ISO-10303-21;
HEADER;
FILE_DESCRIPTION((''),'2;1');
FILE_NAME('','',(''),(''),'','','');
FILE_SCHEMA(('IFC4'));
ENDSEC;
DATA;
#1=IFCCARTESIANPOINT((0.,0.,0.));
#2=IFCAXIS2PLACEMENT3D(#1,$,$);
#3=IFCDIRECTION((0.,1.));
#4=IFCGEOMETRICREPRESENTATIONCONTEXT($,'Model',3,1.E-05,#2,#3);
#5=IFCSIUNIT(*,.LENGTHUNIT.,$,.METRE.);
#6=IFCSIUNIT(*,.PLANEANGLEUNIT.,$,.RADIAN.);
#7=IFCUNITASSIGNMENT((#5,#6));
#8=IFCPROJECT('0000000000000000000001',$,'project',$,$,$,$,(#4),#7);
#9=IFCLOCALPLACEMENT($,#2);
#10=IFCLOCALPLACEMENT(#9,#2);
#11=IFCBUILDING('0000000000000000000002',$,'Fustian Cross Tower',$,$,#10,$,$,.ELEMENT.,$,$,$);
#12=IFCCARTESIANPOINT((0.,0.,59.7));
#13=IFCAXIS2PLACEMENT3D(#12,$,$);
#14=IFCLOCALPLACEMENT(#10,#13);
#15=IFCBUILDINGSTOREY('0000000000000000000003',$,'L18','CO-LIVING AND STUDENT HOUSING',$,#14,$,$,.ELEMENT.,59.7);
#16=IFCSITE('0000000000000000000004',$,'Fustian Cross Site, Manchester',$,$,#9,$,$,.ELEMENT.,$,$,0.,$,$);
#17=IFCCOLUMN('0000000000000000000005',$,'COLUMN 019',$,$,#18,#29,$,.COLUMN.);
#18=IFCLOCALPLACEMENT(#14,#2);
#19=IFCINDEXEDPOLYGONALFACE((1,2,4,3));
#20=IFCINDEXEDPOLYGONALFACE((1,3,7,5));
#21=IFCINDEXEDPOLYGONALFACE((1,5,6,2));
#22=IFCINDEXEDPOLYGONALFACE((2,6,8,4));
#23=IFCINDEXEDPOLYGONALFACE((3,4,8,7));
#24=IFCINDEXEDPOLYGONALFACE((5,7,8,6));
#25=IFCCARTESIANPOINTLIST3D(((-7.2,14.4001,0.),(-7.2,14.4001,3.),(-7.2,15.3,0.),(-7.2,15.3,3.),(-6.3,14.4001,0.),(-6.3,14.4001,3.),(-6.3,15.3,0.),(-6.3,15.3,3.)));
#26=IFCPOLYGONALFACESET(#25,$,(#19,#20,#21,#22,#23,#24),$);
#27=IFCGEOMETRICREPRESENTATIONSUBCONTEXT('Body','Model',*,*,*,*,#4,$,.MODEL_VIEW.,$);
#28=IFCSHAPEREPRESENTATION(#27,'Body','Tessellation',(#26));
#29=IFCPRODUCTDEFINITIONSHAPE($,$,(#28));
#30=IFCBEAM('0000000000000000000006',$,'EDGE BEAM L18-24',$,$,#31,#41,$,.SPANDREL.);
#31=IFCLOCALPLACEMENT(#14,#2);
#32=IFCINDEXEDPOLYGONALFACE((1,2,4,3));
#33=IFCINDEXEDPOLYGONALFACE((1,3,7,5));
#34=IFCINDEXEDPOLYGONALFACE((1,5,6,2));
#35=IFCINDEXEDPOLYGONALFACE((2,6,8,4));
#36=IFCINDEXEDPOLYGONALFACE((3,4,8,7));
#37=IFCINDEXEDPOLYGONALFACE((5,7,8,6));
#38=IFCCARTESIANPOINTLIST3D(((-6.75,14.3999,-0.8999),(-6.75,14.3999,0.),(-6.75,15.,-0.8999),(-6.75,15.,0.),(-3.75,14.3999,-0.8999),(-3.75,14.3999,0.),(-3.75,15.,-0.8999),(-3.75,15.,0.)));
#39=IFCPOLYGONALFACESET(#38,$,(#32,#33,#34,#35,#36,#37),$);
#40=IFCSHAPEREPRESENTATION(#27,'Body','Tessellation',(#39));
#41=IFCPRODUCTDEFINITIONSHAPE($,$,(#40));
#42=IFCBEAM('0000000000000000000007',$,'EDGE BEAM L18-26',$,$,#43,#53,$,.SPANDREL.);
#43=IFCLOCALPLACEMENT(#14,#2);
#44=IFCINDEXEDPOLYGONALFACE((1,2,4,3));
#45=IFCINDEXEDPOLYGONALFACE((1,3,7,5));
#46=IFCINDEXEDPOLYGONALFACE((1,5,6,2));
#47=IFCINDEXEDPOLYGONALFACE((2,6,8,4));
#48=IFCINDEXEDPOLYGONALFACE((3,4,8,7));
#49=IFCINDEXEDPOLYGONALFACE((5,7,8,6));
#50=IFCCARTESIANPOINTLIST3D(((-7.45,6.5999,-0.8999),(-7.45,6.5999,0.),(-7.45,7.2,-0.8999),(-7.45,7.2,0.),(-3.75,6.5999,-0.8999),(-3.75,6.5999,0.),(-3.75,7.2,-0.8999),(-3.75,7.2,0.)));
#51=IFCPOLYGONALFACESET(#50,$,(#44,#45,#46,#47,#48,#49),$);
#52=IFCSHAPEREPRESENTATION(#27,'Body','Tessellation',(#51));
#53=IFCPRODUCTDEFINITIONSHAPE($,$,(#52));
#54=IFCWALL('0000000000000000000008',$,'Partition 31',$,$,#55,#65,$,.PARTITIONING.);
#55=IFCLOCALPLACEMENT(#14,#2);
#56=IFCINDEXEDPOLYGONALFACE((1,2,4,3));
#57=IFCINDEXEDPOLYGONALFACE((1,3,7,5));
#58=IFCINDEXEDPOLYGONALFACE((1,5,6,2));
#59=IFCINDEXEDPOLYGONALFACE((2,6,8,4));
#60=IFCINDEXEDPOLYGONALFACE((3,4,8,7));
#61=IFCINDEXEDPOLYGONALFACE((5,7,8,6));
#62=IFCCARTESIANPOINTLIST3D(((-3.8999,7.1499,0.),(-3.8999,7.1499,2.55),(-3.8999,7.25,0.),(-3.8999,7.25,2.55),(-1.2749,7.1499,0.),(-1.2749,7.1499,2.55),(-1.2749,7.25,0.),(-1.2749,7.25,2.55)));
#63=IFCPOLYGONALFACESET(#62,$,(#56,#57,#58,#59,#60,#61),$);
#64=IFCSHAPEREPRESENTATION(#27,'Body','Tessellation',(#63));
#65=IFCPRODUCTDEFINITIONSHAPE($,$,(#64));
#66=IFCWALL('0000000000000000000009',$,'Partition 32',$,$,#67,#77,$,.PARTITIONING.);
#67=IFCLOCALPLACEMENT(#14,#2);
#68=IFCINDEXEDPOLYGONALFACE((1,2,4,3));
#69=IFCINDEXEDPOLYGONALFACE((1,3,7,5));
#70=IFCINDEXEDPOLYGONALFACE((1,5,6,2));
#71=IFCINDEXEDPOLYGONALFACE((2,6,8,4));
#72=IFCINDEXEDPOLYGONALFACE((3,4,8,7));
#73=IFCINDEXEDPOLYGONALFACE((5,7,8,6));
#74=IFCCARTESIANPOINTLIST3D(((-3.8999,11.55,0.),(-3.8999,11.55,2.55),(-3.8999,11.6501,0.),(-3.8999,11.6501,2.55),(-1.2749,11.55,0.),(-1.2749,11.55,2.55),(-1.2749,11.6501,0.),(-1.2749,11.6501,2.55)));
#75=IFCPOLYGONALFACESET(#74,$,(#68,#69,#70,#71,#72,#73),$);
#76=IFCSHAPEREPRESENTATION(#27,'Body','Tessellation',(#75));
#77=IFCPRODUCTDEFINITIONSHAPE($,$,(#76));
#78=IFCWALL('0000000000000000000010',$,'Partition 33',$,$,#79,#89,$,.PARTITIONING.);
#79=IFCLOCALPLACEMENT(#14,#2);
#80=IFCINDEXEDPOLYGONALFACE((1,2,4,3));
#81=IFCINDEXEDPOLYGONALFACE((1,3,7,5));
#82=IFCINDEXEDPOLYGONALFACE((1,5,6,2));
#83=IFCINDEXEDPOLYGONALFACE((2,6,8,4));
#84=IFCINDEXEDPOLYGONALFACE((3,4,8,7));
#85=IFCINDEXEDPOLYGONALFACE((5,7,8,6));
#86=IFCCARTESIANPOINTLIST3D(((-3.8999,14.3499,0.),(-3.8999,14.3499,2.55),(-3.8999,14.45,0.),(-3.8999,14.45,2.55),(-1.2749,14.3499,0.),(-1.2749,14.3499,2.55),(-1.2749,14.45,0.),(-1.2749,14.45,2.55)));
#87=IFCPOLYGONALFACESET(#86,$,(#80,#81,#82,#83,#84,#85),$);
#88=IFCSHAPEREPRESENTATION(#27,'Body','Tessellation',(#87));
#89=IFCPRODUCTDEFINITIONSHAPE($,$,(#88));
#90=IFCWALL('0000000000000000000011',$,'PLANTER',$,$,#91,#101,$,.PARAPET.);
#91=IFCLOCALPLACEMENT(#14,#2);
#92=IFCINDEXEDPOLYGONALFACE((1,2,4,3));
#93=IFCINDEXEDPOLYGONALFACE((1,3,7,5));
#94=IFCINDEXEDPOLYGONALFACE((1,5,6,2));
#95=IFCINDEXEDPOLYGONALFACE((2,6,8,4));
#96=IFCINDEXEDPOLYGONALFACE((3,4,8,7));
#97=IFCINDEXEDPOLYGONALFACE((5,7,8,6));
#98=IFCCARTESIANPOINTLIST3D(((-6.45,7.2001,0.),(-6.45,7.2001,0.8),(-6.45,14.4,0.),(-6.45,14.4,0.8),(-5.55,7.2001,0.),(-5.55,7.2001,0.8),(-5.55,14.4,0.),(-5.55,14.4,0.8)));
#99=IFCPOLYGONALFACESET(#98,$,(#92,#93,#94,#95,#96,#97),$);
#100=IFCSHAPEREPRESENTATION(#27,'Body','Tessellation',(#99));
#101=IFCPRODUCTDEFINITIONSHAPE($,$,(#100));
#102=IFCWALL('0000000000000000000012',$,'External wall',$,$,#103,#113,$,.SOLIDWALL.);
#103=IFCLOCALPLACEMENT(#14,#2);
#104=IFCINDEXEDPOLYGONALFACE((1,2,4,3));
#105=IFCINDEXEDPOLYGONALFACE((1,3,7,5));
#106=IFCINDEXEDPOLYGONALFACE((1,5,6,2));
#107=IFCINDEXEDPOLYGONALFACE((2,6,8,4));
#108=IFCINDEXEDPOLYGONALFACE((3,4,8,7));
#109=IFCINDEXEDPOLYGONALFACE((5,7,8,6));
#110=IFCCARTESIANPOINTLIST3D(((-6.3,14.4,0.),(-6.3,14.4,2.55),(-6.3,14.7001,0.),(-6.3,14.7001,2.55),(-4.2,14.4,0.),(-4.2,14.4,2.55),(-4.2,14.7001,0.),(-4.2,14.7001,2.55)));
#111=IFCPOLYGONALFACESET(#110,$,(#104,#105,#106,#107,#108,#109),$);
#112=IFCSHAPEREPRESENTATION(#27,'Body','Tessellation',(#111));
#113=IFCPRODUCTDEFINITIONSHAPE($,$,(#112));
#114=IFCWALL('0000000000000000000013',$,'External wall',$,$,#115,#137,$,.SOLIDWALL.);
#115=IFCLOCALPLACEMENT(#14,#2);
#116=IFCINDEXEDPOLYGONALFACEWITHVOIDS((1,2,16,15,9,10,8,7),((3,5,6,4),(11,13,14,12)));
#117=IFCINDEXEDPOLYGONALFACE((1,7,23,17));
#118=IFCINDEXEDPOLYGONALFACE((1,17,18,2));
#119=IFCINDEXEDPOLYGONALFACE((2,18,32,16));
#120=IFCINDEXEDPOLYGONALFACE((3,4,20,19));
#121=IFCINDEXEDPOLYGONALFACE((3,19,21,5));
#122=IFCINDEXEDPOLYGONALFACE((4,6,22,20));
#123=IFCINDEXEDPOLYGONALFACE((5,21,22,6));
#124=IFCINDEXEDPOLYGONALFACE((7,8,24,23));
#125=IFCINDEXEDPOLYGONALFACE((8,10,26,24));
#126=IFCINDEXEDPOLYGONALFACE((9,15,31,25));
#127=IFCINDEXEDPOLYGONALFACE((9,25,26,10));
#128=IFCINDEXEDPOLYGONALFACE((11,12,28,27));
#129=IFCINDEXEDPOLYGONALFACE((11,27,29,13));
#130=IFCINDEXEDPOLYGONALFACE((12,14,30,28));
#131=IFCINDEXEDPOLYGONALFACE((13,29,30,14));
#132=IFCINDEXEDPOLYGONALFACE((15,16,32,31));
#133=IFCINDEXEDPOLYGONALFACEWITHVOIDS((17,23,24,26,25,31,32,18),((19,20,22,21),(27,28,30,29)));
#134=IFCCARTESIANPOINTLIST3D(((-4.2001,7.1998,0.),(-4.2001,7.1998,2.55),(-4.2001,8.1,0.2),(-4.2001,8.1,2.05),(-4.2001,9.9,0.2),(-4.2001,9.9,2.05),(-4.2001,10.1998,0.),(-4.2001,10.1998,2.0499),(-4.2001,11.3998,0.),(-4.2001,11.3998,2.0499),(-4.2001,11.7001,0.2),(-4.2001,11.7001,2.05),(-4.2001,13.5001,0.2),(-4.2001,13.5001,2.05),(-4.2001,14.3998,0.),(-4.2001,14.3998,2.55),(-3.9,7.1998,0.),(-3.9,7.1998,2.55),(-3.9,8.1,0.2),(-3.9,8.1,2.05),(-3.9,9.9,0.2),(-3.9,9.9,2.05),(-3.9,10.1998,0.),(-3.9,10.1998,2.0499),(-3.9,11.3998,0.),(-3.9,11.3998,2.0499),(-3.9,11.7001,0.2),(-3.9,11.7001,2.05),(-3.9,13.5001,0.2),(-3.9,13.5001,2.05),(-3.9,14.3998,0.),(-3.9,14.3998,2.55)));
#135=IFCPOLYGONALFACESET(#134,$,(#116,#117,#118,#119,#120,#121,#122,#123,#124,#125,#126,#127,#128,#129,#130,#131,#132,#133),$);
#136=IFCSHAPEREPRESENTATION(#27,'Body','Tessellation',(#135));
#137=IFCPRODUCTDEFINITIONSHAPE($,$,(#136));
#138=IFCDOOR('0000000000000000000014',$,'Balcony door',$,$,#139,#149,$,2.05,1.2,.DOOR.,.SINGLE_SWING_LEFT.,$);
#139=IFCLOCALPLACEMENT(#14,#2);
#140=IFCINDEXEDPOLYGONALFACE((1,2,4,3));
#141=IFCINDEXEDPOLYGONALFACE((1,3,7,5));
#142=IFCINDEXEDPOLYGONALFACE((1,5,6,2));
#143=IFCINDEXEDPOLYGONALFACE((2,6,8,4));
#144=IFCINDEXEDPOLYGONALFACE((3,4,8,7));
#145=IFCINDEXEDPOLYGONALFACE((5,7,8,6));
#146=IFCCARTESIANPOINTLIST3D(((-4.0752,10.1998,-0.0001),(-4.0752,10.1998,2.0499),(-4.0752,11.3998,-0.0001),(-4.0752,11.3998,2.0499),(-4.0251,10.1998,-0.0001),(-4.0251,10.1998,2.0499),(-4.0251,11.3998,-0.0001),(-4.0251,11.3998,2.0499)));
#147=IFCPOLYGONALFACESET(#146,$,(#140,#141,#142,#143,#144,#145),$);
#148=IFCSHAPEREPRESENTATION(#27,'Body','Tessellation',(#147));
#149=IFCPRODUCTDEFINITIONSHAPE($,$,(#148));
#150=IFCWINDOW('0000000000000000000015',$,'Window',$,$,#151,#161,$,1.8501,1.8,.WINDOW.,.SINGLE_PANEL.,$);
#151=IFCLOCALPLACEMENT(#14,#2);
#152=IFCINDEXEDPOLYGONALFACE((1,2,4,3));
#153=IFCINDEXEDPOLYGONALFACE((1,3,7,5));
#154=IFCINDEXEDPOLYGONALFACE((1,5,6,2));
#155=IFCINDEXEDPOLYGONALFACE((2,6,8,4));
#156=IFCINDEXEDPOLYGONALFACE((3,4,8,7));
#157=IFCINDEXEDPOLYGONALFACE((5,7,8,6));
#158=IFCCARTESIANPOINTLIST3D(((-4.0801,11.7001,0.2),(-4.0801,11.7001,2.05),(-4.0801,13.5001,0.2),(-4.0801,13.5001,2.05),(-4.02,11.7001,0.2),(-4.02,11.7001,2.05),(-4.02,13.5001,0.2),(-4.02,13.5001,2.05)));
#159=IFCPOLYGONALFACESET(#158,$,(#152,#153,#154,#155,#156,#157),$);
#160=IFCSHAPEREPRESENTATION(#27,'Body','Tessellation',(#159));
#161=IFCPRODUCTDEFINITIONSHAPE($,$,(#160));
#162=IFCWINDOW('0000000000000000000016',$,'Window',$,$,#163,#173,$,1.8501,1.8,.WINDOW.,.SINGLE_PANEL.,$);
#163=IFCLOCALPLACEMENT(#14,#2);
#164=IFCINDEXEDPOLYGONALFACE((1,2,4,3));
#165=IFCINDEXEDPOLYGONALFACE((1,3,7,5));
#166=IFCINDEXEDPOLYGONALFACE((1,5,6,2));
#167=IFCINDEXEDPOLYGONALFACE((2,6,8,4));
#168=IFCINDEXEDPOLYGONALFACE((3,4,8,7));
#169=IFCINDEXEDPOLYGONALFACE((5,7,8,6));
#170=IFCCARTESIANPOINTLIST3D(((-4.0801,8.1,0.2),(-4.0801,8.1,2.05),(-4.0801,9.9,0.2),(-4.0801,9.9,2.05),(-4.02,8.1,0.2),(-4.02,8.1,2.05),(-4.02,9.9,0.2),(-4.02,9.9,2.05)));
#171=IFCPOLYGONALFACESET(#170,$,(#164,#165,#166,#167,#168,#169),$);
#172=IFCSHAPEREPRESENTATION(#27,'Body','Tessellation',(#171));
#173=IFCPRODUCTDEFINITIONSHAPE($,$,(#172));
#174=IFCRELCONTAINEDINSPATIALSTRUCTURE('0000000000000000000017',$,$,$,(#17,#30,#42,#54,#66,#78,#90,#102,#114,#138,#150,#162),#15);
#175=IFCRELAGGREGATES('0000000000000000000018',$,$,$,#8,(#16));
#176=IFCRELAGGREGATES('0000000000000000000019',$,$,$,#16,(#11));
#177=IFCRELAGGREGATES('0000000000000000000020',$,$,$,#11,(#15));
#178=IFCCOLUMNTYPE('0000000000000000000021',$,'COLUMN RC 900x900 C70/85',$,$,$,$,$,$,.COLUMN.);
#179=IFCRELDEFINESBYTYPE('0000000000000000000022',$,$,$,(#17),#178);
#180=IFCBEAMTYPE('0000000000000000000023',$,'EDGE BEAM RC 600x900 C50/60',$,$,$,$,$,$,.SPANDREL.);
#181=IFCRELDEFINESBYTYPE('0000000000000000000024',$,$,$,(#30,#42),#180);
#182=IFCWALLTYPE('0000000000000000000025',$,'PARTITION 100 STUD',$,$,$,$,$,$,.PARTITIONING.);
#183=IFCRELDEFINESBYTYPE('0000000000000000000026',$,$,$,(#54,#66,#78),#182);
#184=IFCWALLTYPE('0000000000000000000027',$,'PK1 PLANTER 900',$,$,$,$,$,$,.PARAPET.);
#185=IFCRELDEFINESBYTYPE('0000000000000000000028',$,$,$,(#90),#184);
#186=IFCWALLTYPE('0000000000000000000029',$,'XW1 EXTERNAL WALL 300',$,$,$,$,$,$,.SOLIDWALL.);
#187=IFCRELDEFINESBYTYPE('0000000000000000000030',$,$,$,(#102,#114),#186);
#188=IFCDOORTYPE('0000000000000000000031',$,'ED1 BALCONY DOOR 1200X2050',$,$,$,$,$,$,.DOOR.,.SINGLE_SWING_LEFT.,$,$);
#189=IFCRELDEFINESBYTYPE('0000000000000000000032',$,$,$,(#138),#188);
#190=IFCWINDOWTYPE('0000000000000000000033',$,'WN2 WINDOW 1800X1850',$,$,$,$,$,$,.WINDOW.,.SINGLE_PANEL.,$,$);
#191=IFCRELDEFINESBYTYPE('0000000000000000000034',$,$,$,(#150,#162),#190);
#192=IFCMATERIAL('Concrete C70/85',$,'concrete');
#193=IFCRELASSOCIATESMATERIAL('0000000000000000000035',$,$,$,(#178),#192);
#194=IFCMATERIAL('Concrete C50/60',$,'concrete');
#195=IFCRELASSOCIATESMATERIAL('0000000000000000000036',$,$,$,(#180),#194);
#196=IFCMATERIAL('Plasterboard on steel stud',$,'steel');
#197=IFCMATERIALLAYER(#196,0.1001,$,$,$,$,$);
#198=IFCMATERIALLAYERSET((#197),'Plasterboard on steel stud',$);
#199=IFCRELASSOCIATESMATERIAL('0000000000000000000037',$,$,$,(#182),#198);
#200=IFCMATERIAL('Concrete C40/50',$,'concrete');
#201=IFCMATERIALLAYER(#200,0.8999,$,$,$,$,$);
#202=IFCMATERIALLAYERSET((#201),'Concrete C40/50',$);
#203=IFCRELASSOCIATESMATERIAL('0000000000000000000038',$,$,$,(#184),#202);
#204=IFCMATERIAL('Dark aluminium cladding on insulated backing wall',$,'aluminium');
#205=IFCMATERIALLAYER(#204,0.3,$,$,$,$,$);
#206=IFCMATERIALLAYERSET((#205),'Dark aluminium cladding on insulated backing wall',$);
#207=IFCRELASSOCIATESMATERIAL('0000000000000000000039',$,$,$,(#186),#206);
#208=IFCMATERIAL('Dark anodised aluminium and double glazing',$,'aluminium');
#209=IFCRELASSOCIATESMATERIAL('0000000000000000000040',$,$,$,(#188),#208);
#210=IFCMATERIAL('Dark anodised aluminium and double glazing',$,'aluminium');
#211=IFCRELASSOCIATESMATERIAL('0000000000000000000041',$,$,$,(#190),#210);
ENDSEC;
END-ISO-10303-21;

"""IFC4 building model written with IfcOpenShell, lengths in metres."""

from ifc_helpers import new_model, si_unit, direction, frame, frame_2d, origin, origin_2d, place, context, subcontext, project, spatial, rectangle, extrude, material, layer, layer_set, material_profile, profile_set, type_object, element, fill, save


model = new_model("IFC4")

# Units and contexts
model_context = context("Model", 3, precision=1e-05, world=origin(), true_north=direction((0.0, 1.0)))
body_context = subcontext(model_context, "Body", "Model", "MODEL_VIEW")
ifc_project = project(units=[si_unit("LENGTHUNIT", "METRE"), si_unit("PLANEANGLEUNIT", "RADIAN")], contexts=[model_context])

# Site, building, storey
site_placement = place(None, origin())
site = spatial("IfcSite", under=ifc_project, at=site_placement, Name="Fustian Cross Site, Manchester", CompositionType="ELEMENT", RefElevation=0.0)
building_placement = place(site_placement, origin())
building = spatial("IfcBuilding", under=site, at=building_placement, Name="Fustian Cross Tower", CompositionType="ELEMENT")
storey_placement = place(building_placement, frame((0.0, 0.0, 59.7)))
storey = spatial("IfcBuildingStorey", under=building, at=storey_placement, Name="L18", Description="CO-LIVING AND STUDENT HOUSING", CompositionType="ELEMENT", Elevation=59.7)

# Column
ifc_material_1 = material(Name="Concrete C70/85", Category="concrete")
ifc_material_profile_1 = material_profile(ifc_material_1, rectangle(XDim=0.8999, YDim=0.8999, at=origin_2d()), Name="RC 900x900")
ifc_profile_set_1 = profile_set([ifc_material_profile_1], Name="Concrete C70/85")
column_type = type_object("IfcColumnType", Name="COLUMN RC 900x900 C70/85", PredefinedType="COLUMN", material=ifc_profile_set_1)
column_placement = place(storey_placement, frame((-6.75, 14.8501, 0.0), z_axis=(0.0, 0.0, 1.0), x_axis=(1.0, 0.0, 0.0)))
element("IfcColumn", 1, at=column_placement, inside=storey, type_object=column_type, Name="COLUMN 019", PredefinedType="COLUMN", context=body_context, shape_type="SweptSolid", body=[
    extrude(rectangle(XDim=0.8999, YDim=0.8999, at=origin_2d()), origin(), (0.0, 0.0, 1.0), 3.0),
])

# Beams
ifc_material_2 = material(Name="Concrete C50/60", Category="concrete")
ifc_material_profile_2 = material_profile(ifc_material_2, rectangle(XDim=0.6001, YDim=0.8999, at=origin_2d()), Name="RC 600x900")
ifc_profile_set_2 = profile_set([ifc_material_profile_2], Name="Concrete C50/60")
beam_type = type_object("IfcBeamType", Name="EDGE BEAM RC 600x900 C50/60", PredefinedType="SPANDREL", material=ifc_profile_set_2)
beam_1_placement = place(storey_placement, frame((-6.75, 14.7, -0.45), z_axis=(1.0, 0.0, 0.0), x_axis=(0.0, 1.0, 0.0)))
element("IfcBeam", 2, at=beam_1_placement, inside=storey, type_object=beam_type, Name="EDGE BEAM L18-24", PredefinedType="SPANDREL", context=body_context, shape_type="SweptSolid", body=[
    extrude(rectangle(XDim=0.6001, YDim=0.8999, at=origin_2d()), origin(), (0.0, 0.0, 1.0), 3.0),
])
beam_2_placement = place(storey_placement, frame((-3.75, 6.8999, -0.45), z_axis=(-1.0, 0.0, 0.0), x_axis=(0.0, -1.0, 0.0)))
element("IfcBeam", 3, at=beam_2_placement, inside=storey, type_object=beam_type, Name="EDGE BEAM L18-26", PredefinedType="SPANDREL", context=body_context, shape_type="SweptSolid", body=[
    extrude(rectangle(XDim=0.6001, YDim=0.8999, at=origin_2d()), origin(), (0.0, 0.0, 1.0), 3.7),
])

# Walls
ifc_material_3 = material(Name="Plasterboard on steel stud", Category="steel")
ifc_layer_1 = layer(ifc_material_3, 0.1001)
ifc_layer_set_1 = layer_set([ifc_layer_1], Name="Plasterboard on steel stud")
wall_type_1 = type_object("IfcWallType", Name="PARTITION 100 STUD", PredefinedType="PARTITIONING", material=ifc_layer_set_1)
for number, where, z_axis, x_axis, name in (
    (4, (-3.8999, 7.2, 0.0), (0.0, 0.0, 1.0), (1.0, 0.0, 0.0), "Partition 31"),
    (5, (-3.8999, 11.6001, 0.0), (0.0, 0.0, 1.0), (1.0, 0.0, 0.0), "Partition 32"),
    (6, (-3.8999, 14.3999, 0.0), (0.0, 0.0, 1.0), (1.0, 0.0, 0.0), "Partition 33"),
):
    element("IfcWall", number, at=place(storey_placement, frame(where, z_axis=z_axis, x_axis=x_axis)), inside=storey, type_object=wall_type_1, Name=name, PredefinedType="PARTITIONING", context=body_context, shape_type="SweptSolid", body=[
        extrude(rectangle(XDim=2.625, YDim=0.1001, at=frame_2d((1.3125, 0.0))), origin(), (0.0, 0.0, 1.0), 2.55),
    ])
ifc_material_4 = material(Name="Concrete C40/50", Category="concrete")
ifc_layer_2 = layer(ifc_material_4, 0.8999)
ifc_layer_set_2 = layer_set([ifc_layer_2], Name="Concrete C40/50")
wall_type_2 = type_object("IfcWallType", Name="PK1 PLANTER 900", PredefinedType="PARAPET", material=ifc_layer_set_2)
wall_1_placement = place(storey_placement, frame((-6.0, 7.2, 0.0), z_axis=(0.0, 0.0, 1.0), x_axis=(0.0, 1.0, 0.0)))
element("IfcWall", 7, at=wall_1_placement, inside=storey, type_object=wall_type_2, Name="PLANTER", PredefinedType="PARAPET", context=body_context, shape_type="SweptSolid", body=[
    extrude(rectangle(XDim=7.2, YDim=0.8999, at=frame_2d((3.6001, 0.0))), origin(), (0.0, 0.0, 1.0), 0.8),
])
ifc_material_5 = material(Name="Dark aluminium cladding on insulated backing wall", Category="aluminium")
ifc_layer_3 = layer(ifc_material_5, 0.3)
ifc_layer_set_3 = layer_set([ifc_layer_3], Name="Dark aluminium cladding on insulated backing wall")
wall_type_3 = type_object("IfcWallType", Name="XW1 EXTERNAL WALL 300", PredefinedType="SOLIDWALL", material=ifc_layer_set_3)
wall_2_placement = place(storey_placement, frame((-6.3, 14.55, 0.0), z_axis=(0.0, 0.0, 1.0), x_axis=(1.0, 0.0, 0.0)))
element("IfcWall", 8, at=wall_2_placement, inside=storey, type_object=wall_type_3, Name="External wall", PredefinedType="SOLIDWALL", context=body_context, shape_type="SweptSolid", body=[
    extrude(rectangle(XDim=2.1001, YDim=0.3, at=frame_2d((1.05, 0.0))), origin(), (0.0, 0.0, 1.0), 2.55),
])

# Wall, openings, door, windows
wall_3_placement = place(storey_placement, frame((-4.05, 14.3999, 0.0), z_axis=(0.0, 0.0, 1.0), x_axis=(0.0, -1.0, 0.0)))
wall_3 = element("IfcWall", 9, at=wall_3_placement, inside=storey, type_object=wall_type_3, Name="External wall", PredefinedType="SOLIDWALL", context=body_context, shape_type="SweptSolid", body=[
    extrude(rectangle(XDim=7.2, YDim=0.3, at=frame_2d((3.6001, 0.0))), origin(), (0.0, 0.0, 1.0), 2.55),
])
opening_1_placement = place(wall_3_placement, frame((3.0, 0.0, 0.0)))
opening_1 = element("IfcOpeningElement", 10, at=opening_1_placement, cuts=wall_3, PredefinedType="OPENING", context=body_context, shape_type="SweptSolid", body=[
    extrude(rectangle(XDim=1.2, YDim=2.05, at=frame_2d((0.6001, 1.0249))), frame((0.0, 0.1599, 0.0), z_axis=(0.0, -1.0, 0.0), x_axis=(1.0, 0.0, 0.0)), (0.0, 0.0, 1.0), 0.3201),
])
opening_2_placement = place(wall_3_placement, frame((0.8999, 0.0, 0.2)))
opening_2 = element("IfcOpeningElement", 11, at=opening_2_placement, cuts=wall_3, PredefinedType="OPENING", context=body_context, shape_type="SweptSolid", body=[
    extrude(rectangle(XDim=1.8, YDim=1.8501, at=frame_2d((0.8999, 0.925))), frame((0.0, 0.1599, 0.0), z_axis=(0.0, -1.0, 0.0), x_axis=(1.0, 0.0, 0.0)), (0.0, 0.0, 1.0), 0.3201),
])
opening_3_placement = place(wall_3_placement, frame((4.5, 0.0, 0.2)))
opening_3 = element("IfcOpeningElement", 12, at=opening_3_placement, cuts=wall_3, PredefinedType="OPENING", context=body_context, shape_type="SweptSolid", body=[
    extrude(rectangle(XDim=1.8, YDim=1.8501, at=frame_2d((0.8999, 0.925))), frame((0.0, 0.1599, 0.0), z_axis=(0.0, -1.0, 0.0), x_axis=(1.0, 0.0, 0.0)), (0.0, 0.0, 1.0), 0.3201),
])
ifc_material_6 = material(Name="Dark anodised aluminium and double glazing", Category="aluminium")
door_type = type_object("IfcDoorType", Name="ED1 BALCONY DOOR 1200X2050", OperationType="SINGLE_SWING_LEFT", PredefinedType="DOOR", material=ifc_material_6)
door_placement = place(opening_1_placement, origin())
door = element("IfcDoor", 13, at=door_placement, inside=storey, type_object=door_type, Name="Balcony door", OperationType="SINGLE_SWING_LEFT", OverallHeight=2.05, OverallWidth=1.2, PredefinedType="DOOR", context=body_context, shape_type="SweptSolid", body=[
    extrude(rectangle(XDim=1.2, YDim=2.05, at=frame_2d((0.6001, 1.0249))), frame((0.0, 0.0249, 0.0), z_axis=(0.0, -1.0, 0.0), x_axis=(1.0, 0.0, 0.0)), (0.0, 0.0, 1.0), 0.05),
])
fill(opening_1, door)
ifc_material_7 = material(Name="Dark anodised aluminium and double glazing", Category="aluminium")
window_type = type_object("IfcWindowType", Name="WN2 WINDOW 1800X1850", PartitioningType="SINGLE_PANEL", PredefinedType="WINDOW", material=ifc_material_7)
window_1_placement = place(opening_2_placement, origin())
window_1 = element("IfcWindow", 14, at=window_1_placement, inside=storey, type_object=window_type, Name="Window", OverallHeight=1.8501, OverallWidth=1.8, PartitioningType="SINGLE_PANEL", PredefinedType="WINDOW", context=body_context, shape_type="SweptSolid", body=[
    extrude(rectangle(XDim=1.8, YDim=1.8501, at=frame_2d((0.8999, 0.925))), frame((0.0, 0.03, 0.0), z_axis=(0.0, -1.0, 0.0), x_axis=(1.0, 0.0, 0.0)), (0.0, 0.0, 1.0), 0.0601),
])
fill(opening_2, window_1)
window_2_placement = place(opening_3_placement, origin())
window_2 = element("IfcWindow", 15, at=window_2_placement, inside=storey, type_object=window_type, Name="Window", OverallHeight=1.8501, OverallWidth=1.8, PartitioningType="SINGLE_PANEL", PredefinedType="WINDOW", context=body_context, shape_type="SweptSolid", body=[
    extrude(rectangle(XDim=1.8, YDim=1.8501, at=frame_2d((0.8999, 0.925))), frame((0.0, 0.03, 0.0), z_axis=(0.0, -1.0, 0.0), x_axis=(1.0, 0.0, 0.0)), (0.0, 0.0, 1.0), 0.0601),
])
fill(opening_3, window_2)

save(model, "model.ifc")
